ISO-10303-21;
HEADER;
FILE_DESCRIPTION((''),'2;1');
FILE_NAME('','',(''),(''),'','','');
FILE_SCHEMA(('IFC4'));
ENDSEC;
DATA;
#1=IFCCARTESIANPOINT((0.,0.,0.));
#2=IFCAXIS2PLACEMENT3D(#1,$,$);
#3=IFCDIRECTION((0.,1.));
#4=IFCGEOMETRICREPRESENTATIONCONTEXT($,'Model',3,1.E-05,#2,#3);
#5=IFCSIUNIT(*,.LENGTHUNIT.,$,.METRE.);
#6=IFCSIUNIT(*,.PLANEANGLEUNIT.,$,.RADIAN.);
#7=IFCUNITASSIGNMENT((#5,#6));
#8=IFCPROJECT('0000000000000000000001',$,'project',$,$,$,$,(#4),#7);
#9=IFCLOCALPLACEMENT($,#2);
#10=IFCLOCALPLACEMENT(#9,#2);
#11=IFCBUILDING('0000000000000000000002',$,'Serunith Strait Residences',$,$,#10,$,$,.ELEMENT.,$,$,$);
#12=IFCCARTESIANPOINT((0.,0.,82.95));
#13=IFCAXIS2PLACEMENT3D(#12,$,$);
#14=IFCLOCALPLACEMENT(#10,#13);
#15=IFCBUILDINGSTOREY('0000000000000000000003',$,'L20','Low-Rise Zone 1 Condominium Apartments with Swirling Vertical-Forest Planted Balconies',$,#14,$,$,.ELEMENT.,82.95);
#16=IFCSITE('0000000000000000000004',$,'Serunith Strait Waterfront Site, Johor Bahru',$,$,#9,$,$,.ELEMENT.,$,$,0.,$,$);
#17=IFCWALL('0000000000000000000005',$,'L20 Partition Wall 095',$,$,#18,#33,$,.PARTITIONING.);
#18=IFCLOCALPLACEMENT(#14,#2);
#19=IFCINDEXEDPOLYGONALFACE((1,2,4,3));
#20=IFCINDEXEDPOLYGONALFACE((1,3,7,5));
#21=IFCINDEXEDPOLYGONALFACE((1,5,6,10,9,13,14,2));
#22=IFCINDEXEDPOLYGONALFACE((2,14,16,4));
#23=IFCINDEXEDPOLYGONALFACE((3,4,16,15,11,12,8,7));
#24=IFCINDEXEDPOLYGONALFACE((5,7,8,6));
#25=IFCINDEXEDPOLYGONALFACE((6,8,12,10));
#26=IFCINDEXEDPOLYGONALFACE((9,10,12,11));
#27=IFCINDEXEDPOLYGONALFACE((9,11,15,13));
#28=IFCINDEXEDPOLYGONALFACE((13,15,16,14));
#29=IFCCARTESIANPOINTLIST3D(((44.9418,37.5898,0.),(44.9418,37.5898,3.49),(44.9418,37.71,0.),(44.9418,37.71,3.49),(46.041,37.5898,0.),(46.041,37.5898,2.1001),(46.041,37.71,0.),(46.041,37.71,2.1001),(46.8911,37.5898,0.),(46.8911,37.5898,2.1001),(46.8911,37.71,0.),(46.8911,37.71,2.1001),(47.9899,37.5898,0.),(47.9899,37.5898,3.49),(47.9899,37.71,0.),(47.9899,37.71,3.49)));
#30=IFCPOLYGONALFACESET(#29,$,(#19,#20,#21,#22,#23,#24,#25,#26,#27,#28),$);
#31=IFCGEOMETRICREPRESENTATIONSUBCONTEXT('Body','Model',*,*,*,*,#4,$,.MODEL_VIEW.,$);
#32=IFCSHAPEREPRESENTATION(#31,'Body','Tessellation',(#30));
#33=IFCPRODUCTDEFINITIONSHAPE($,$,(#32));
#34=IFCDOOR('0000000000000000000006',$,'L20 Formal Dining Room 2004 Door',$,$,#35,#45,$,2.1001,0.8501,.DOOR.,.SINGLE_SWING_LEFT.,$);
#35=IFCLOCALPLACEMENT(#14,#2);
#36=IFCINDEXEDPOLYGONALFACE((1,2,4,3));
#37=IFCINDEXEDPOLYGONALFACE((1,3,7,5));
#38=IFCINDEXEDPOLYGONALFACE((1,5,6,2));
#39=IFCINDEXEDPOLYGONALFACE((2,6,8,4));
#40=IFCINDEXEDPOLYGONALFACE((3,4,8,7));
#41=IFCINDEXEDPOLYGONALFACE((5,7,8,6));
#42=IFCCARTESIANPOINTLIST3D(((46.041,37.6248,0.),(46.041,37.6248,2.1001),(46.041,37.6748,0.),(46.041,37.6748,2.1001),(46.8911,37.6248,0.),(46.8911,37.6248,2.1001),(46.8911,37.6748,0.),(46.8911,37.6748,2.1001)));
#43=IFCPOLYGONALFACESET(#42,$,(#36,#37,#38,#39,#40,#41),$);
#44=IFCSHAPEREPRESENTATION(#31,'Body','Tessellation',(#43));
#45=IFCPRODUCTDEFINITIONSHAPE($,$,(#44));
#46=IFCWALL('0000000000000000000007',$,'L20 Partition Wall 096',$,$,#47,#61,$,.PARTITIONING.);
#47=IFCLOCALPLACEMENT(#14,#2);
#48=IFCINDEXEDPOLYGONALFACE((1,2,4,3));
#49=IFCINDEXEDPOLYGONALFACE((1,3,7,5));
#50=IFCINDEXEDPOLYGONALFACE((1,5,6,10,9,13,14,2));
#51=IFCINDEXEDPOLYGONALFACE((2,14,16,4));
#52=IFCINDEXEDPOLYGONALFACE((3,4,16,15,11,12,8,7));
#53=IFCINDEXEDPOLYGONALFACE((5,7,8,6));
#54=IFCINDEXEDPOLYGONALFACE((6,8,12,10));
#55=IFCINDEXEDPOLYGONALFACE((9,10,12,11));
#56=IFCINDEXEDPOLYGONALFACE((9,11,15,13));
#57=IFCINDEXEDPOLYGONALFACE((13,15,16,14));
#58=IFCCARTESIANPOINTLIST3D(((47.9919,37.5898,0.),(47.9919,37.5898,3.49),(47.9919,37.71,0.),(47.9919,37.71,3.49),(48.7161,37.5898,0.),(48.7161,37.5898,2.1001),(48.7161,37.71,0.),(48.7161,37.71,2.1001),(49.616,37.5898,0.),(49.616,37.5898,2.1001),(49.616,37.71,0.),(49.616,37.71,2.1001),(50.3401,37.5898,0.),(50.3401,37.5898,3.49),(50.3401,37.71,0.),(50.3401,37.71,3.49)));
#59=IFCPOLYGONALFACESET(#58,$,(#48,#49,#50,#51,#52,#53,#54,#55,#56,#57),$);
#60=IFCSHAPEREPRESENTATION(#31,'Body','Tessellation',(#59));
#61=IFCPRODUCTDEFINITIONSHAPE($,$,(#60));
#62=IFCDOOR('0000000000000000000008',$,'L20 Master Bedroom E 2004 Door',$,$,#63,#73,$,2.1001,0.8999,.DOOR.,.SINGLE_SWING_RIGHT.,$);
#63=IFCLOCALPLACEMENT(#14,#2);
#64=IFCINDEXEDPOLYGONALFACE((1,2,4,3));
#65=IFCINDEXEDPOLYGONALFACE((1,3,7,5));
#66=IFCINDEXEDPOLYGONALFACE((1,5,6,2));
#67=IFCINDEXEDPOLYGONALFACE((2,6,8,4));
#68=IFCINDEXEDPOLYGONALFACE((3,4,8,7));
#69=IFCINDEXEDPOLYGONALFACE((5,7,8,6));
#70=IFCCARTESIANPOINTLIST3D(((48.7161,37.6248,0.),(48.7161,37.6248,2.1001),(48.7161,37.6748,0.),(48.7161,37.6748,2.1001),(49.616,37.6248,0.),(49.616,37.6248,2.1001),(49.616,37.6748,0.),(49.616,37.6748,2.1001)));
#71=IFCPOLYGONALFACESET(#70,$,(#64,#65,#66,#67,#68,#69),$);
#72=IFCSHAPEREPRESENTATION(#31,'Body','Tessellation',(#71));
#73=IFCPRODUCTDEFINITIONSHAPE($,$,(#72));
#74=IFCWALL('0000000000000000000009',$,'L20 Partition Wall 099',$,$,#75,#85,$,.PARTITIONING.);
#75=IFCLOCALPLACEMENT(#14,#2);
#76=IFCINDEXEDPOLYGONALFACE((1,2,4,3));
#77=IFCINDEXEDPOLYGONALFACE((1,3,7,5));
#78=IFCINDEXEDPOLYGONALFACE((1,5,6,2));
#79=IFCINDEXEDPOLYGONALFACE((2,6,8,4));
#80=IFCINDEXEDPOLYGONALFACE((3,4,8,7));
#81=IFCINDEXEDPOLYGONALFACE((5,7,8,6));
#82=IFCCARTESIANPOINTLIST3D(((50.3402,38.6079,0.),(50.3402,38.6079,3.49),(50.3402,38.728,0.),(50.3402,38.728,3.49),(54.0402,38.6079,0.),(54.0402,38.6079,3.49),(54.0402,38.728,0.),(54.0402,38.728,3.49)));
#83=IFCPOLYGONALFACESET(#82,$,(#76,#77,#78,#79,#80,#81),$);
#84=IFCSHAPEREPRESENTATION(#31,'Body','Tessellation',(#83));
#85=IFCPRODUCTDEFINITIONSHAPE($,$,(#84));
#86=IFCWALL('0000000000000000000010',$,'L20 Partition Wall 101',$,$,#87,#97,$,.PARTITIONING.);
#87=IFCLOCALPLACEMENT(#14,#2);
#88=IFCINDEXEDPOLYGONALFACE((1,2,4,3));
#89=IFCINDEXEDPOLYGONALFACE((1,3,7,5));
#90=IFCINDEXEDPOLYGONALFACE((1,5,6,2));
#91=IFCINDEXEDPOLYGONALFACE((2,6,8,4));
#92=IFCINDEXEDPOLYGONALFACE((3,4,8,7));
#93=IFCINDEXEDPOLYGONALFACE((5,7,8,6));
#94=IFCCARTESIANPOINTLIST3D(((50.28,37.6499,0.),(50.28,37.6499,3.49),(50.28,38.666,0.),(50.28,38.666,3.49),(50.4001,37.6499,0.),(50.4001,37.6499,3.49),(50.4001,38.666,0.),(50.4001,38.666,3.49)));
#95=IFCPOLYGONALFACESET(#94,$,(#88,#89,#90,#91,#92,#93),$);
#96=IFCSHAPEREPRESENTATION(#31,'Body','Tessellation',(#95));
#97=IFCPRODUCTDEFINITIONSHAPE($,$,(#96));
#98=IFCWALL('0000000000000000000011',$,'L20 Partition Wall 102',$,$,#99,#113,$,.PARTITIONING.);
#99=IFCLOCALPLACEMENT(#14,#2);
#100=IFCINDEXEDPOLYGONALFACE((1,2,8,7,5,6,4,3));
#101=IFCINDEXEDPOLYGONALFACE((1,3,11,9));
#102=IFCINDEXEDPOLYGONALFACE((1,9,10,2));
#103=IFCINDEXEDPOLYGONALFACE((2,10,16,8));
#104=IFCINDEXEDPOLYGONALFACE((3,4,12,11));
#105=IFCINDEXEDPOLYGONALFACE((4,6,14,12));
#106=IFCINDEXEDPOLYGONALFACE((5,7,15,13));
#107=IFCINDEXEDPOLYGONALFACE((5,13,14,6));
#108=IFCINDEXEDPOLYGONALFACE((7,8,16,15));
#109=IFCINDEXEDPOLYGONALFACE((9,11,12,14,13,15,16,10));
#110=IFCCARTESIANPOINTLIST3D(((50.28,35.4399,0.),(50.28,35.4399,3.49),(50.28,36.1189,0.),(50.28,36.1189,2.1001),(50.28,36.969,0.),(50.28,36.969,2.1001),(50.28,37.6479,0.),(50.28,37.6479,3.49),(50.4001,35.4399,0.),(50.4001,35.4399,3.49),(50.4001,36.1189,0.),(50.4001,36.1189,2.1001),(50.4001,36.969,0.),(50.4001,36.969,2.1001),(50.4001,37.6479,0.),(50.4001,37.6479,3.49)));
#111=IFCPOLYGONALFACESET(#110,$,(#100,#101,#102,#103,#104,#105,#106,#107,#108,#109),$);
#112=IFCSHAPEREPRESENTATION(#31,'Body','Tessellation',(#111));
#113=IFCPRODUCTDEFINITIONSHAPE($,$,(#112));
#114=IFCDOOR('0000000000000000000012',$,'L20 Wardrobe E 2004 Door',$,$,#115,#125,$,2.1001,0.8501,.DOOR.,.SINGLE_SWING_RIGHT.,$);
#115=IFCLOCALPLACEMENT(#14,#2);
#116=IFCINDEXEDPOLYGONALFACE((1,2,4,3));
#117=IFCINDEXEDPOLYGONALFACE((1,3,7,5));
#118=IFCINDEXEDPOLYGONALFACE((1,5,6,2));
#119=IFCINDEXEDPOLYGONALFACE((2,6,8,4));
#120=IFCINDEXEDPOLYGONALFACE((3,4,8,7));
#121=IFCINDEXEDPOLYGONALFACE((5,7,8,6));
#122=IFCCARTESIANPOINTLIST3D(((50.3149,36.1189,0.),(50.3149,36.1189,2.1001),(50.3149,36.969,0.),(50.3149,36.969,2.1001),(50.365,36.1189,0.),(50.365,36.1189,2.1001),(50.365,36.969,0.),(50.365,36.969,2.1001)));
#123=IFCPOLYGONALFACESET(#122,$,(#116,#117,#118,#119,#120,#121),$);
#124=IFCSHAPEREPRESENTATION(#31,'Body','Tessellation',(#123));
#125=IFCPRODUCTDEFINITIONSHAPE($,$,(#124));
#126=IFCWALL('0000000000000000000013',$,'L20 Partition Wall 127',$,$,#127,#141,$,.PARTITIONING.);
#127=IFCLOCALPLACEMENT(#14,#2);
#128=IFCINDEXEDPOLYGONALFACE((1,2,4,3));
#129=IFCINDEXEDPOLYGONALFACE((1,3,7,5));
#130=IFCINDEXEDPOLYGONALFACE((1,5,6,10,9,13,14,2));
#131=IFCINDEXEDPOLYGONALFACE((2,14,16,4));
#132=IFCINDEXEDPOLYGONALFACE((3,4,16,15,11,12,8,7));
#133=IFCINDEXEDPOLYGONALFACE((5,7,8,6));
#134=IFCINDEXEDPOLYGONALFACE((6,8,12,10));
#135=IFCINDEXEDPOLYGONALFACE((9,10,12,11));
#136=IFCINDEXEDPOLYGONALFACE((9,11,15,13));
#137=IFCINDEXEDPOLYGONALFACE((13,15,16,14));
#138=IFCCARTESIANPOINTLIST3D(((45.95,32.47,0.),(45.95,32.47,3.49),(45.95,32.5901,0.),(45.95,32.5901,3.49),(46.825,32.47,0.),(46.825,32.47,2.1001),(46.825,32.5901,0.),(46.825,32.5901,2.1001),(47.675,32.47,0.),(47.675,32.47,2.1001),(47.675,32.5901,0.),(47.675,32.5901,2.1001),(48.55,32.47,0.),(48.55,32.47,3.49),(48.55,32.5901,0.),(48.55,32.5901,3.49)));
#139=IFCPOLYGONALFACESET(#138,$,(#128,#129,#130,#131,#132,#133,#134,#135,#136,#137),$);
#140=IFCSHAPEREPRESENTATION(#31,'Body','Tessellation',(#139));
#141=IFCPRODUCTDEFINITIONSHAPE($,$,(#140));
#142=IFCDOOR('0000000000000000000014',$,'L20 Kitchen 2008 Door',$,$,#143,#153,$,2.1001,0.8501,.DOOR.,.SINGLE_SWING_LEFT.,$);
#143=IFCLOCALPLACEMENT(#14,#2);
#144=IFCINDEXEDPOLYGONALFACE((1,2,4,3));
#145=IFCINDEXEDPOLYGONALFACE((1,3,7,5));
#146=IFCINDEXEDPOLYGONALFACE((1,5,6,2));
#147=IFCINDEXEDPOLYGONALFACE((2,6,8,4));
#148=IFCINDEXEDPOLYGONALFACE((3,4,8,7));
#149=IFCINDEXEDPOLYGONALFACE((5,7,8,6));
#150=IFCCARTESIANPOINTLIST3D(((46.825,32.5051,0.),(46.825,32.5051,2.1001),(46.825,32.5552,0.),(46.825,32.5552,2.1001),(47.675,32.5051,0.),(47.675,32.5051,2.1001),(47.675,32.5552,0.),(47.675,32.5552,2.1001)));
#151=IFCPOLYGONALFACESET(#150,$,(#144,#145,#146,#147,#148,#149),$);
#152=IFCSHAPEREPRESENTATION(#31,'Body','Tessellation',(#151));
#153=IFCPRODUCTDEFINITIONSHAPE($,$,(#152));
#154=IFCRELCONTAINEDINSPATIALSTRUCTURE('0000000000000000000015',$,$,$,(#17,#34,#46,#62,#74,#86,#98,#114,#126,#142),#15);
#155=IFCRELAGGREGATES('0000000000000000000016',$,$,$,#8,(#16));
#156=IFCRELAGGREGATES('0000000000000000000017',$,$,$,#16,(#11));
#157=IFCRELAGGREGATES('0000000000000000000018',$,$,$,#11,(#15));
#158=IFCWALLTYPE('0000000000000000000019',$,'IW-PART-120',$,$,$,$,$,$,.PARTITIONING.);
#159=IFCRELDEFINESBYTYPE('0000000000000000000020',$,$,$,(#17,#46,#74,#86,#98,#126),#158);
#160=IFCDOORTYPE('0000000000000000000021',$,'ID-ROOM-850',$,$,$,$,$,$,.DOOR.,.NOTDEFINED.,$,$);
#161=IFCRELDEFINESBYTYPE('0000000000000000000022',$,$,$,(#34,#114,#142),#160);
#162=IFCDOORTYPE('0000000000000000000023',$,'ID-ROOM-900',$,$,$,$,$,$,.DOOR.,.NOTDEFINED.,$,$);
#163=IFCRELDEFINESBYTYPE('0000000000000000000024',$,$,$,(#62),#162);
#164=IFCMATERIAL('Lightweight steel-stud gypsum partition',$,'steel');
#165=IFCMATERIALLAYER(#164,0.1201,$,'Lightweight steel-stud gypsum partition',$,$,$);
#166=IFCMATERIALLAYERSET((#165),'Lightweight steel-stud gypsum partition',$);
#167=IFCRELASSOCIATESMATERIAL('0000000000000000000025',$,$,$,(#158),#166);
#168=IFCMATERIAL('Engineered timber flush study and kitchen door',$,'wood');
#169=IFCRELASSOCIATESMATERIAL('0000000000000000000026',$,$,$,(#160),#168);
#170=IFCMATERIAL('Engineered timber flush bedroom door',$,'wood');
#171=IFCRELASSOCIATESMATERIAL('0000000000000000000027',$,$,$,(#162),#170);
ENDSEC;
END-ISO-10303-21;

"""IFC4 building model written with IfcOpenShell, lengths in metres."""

from ifc_helpers import new_model, si_unit, direction, frame, frame_2d, origin, place, context, subcontext, project, spatial, rectangle, extrude, source, transform, mapped, material, layer, layer_set, type_object, element, fill, save


model = new_model("IFC4")

# Units and contexts
model_context = context("Model", 3, precision=1e-05, world=origin(), true_north=direction((0.0, 1.0)))
body_context = subcontext(model_context, "Body", "Model", "MODEL_VIEW")
ifc_project = project(units=[si_unit("LENGTHUNIT", "METRE"), si_unit("PLANEANGLEUNIT", "RADIAN")], contexts=[model_context])

# Site, building, storey
site_placement = place(None, origin())
site = spatial("IfcSite", under=ifc_project, at=site_placement, Name="Serunith Strait Waterfront Site, Johor Bahru", CompositionType="ELEMENT", RefElevation=0.0)
building_placement = place(site_placement, origin())
building = spatial("IfcBuilding", under=site, at=building_placement, Name="Serunith Strait Residences", CompositionType="ELEMENT")
storey_placement = place(building_placement, frame((0.0, 0.0, 82.95)))
storey = spatial("IfcBuildingStorey", under=building, at=storey_placement, Name="L20", Description="Low-Rise Zone 1 Condominium Apartments with Swirling Vertical-Forest Planted Balconies", CompositionType="ELEMENT", Elevation=82.95)

# Walls, openings, doors
ifc_material_1 = material(Name="Lightweight steel-stud gypsum partition", Category="steel")
ifc_layer_1 = layer(ifc_material_1, 0.1201, Name="Lightweight steel-stud gypsum partition")
ifc_layer_set_1 = layer_set([ifc_layer_1], Name="Lightweight steel-stud gypsum partition")
wall_type_1 = type_object("IfcWallType", Name="IW-PART-120", PredefinedType="PARTITIONING", material=ifc_layer_set_1)
wall_1_placement = place(storey_placement, frame((44.9419, 37.6499, 0.0), z_axis=(0.0, 0.0, 1.0), x_axis=(1.0, 0.0, 0.0)))
wall_1 = element("IfcWall", 1, at=wall_1_placement, inside=storey, type_object=wall_type_1, Name="L20 Partition Wall 095", PredefinedType="PARTITIONING", context=body_context, shape_type="SweptSolid", body=[
    extrude(rectangle(XDim=3.0481, YDim=0.1201, at=frame_2d((1.5239, 0.0))), origin(), (0.0, 0.0, 1.0), 3.49),
])
opening_1_placement = place(wall_1_placement, frame((1.0991, 0.0, 0.0)))
opening_1 = element("IfcOpeningElement", 2, at=opening_1_placement, cuts=wall_1, PredefinedType="OPENING", context=body_context, shape_type="SweptSolid", body=[
    extrude(rectangle(XDim=0.8501, YDim=2.1001, at=frame_2d((0.425, 1.05))), frame((0.0, 0.0701, 0.0), z_axis=(0.0, -1.0, 0.0), x_axis=(1.0, 0.0, 0.0)), (0.0, 0.0, 1.0), 0.1401),
])
ifc_material_2 = material(Name="Engineered timber flush study and kitchen door", Category="wood")
door_type_1 = type_object("IfcDoorType", Name="ID-ROOM-850", OperationType="NOTDEFINED", PredefinedType="DOOR", material=ifc_material_2)
shared_shape_1 = source(origin(), body_context, "Body", "SweptSolid", [
    extrude(rectangle(XDim=0.8501, YDim=2.1001, at=frame_2d((0.425, 1.05))), frame((0.0, 0.0249, 0.0), z_axis=(0.0, -1.0, 0.0), x_axis=(1.0, 0.0, 0.0)), (0.0, 0.0, 1.0), 0.05),
])
door_1_placement = place(opening_1_placement, origin())
door_1 = element("IfcDoor", 3, at=door_1_placement, inside=storey, type_object=door_type_1, Name="L20 Formal Dining Room 2004 Door", OperationType="SINGLE_SWING_LEFT", OverallHeight=2.1001, OverallWidth=0.8501, PredefinedType="DOOR", context=body_context, shape_type="MappedRepresentation", body=[
    mapped(shared_shape_1, transform((0.0, 0.0, 0.0), scale=1.0)),
])
fill(opening_1, door_1)
wall_2_placement = place(storey_placement, frame((47.9919, 37.6499, 0.0), z_axis=(0.0, 0.0, 1.0), x_axis=(1.0, 0.0, 0.0)))
wall_2 = element("IfcWall", 4, at=wall_2_placement, inside=storey, type_object=wall_type_1, Name="L20 Partition Wall 096", PredefinedType="PARTITIONING", context=body_context, shape_type="SweptSolid", body=[
    extrude(rectangle(XDim=2.3481, YDim=0.1201, at=frame_2d((1.1741, 0.0))), origin(), (0.0, 0.0, 1.0), 3.49),
])
opening_2_placement = place(wall_2_placement, frame((0.7241, 0.0, 0.0)))
opening_2 = element("IfcOpeningElement", 5, at=opening_2_placement, cuts=wall_2, PredefinedType="OPENING", context=body_context, shape_type="SweptSolid", body=[
    extrude(rectangle(XDim=0.8999, YDim=2.1001, at=frame_2d((0.45, 1.05))), frame((0.0, 0.0701, 0.0), z_axis=(0.0, -1.0, 0.0), x_axis=(1.0, 0.0, 0.0)), (0.0, 0.0, 1.0), 0.1401),
])
ifc_material_3 = material(Name="Engineered timber flush bedroom door", Category="wood")
door_type_2 = type_object("IfcDoorType", Name="ID-ROOM-900", OperationType="NOTDEFINED", PredefinedType="DOOR", material=ifc_material_3)
shared_shape_2 = source(origin(), body_context, "Body", "SweptSolid", [
    extrude(rectangle(XDim=0.8999, YDim=2.1001, at=frame_2d((0.45, 1.05))), frame((0.0, 0.0249, 0.0), z_axis=(0.0, -1.0, 0.0), x_axis=(1.0, 0.0, 0.0)), (0.0, 0.0, 1.0), 0.05),
])
door_2_placement = place(opening_2_placement, origin())
door_2 = element("IfcDoor", 6, at=door_2_placement, inside=storey, type_object=door_type_2, Name="L20 Master Bedroom E 2004 Door", OperationType="SINGLE_SWING_RIGHT", OverallHeight=2.1001, OverallWidth=0.8999, PredefinedType="DOOR", context=body_context, shape_type="MappedRepresentation", body=[
    mapped(shared_shape_2, transform((0.0, 0.0, 0.0), scale=1.0)),
])
fill(opening_2, door_2)

# Walls
wall_3_placement = place(storey_placement, frame((50.3401, 38.668, 0.0), z_axis=(0.0, 0.0, 1.0), x_axis=(1.0, 0.0, 0.0)))
element("IfcWall", 7, at=wall_3_placement, inside=storey, type_object=wall_type_1, Name="L20 Partition Wall 099", PredefinedType="PARTITIONING", context=body_context, shape_type="SweptSolid", body=[
    extrude(rectangle(XDim=3.7, YDim=0.1201, at=frame_2d((1.8501, 0.0))), origin(), (0.0, 0.0, 1.0), 3.49),
])
wall_4_placement = place(storey_placement, frame((50.3401, 38.666, 0.0), z_axis=(0.0, 0.0, 1.0), x_axis=(0.0, -1.0, 0.0)))
element("IfcWall", 8, at=wall_4_placement, inside=storey, type_object=wall_type_1, Name="L20 Partition Wall 101", PredefinedType="PARTITIONING", context=body_context, shape_type="SweptSolid", body=[
    extrude(rectangle(XDim=1.0161, YDim=0.1201, at=frame_2d((0.5081, 0.0))), origin(), (0.0, 0.0, 1.0), 3.49),
])

# Walls, openings, doors
wall_5_placement = place(storey_placement, frame((50.3401, 37.6479, 0.0), z_axis=(0.0, 0.0, 1.0), x_axis=(0.0, -1.0, 0.0)))
wall_5 = element("IfcWall", 9, at=wall_5_placement, inside=storey, type_object=wall_type_1, Name="L20 Partition Wall 102", PredefinedType="PARTITIONING", context=body_context, shape_type="SweptSolid", body=[
    extrude(rectangle(XDim=2.208, YDim=0.1201, at=frame_2d((1.104, 0.0))), origin(), (0.0, 0.0, 1.0), 3.49),
])
opening_3_placement = place(wall_5_placement, frame((0.679, 0.0, 0.0)))
opening_3 = element("IfcOpeningElement", 10, at=opening_3_placement, cuts=wall_5, PredefinedType="OPENING", context=body_context, shape_type="SweptSolid", body=[
    extrude(rectangle(XDim=0.8501, YDim=2.1001, at=frame_2d((0.425, 1.05))), frame((0.0, 0.0701, 0.0), z_axis=(0.0, -1.0, 0.0), x_axis=(1.0, 0.0, 0.0)), (0.0, 0.0, 1.0), 0.1401),
])
door_3_placement = place(opening_3_placement, origin())
door_3 = element("IfcDoor", 11, at=door_3_placement, inside=storey, type_object=door_type_1, Name="L20 Wardrobe E 2004 Door", OperationType="SINGLE_SWING_RIGHT", OverallHeight=2.1001, OverallWidth=0.8501, PredefinedType="DOOR", context=body_context, shape_type="MappedRepresentation", body=[
    mapped(shared_shape_1, transform((0.0, 0.0, 0.0), scale=1.0)),
])
fill(opening_3, door_3)
wall_6_placement = place(storey_placement, frame((48.55, 32.53, 0.0), z_axis=(0.0, 0.0, 1.0), x_axis=(-1.0, 0.0, 0.0)))
wall_6 = element("IfcWall", 12, at=wall_6_placement, inside=storey, type_object=wall_type_1, Name="L20 Partition Wall 127", PredefinedType="PARTITIONING", context=body_context, shape_type="SweptSolid", body=[
    extrude(rectangle(XDim=2.6001, YDim=0.1201, at=frame_2d((1.3, 0.0))), origin(), (0.0, 0.0, 1.0), 3.49),
])
opening_4_placement = place(wall_6_placement, frame((0.875, 0.0, 0.0)))
opening_4 = element("IfcOpeningElement", 13, at=opening_4_placement, cuts=wall_6, PredefinedType="OPENING", context=body_context, shape_type="SweptSolid", body=[
    extrude(rectangle(XDim=0.8501, YDim=2.1001, at=frame_2d((0.425, 1.05))), frame((0.0, 0.0701, 0.0), z_axis=(0.0, -1.0, 0.0), x_axis=(1.0, 0.0, 0.0)), (0.0, 0.0, 1.0), 0.1401),
])
door_4_placement = place(opening_4_placement, origin())
door_4 = element("IfcDoor", 14, at=door_4_placement, inside=storey, type_object=door_type_1, Name="L20 Kitchen 2008 Door", OperationType="SINGLE_SWING_LEFT", OverallHeight=2.1001, OverallWidth=0.8501, PredefinedType="DOOR", context=body_context, shape_type="MappedRepresentation", body=[
    mapped(shared_shape_1, transform((0.0, 0.0, 0.0), scale=1.0)),
])
fill(opening_4, door_4)

save(model, "model.ifc")
